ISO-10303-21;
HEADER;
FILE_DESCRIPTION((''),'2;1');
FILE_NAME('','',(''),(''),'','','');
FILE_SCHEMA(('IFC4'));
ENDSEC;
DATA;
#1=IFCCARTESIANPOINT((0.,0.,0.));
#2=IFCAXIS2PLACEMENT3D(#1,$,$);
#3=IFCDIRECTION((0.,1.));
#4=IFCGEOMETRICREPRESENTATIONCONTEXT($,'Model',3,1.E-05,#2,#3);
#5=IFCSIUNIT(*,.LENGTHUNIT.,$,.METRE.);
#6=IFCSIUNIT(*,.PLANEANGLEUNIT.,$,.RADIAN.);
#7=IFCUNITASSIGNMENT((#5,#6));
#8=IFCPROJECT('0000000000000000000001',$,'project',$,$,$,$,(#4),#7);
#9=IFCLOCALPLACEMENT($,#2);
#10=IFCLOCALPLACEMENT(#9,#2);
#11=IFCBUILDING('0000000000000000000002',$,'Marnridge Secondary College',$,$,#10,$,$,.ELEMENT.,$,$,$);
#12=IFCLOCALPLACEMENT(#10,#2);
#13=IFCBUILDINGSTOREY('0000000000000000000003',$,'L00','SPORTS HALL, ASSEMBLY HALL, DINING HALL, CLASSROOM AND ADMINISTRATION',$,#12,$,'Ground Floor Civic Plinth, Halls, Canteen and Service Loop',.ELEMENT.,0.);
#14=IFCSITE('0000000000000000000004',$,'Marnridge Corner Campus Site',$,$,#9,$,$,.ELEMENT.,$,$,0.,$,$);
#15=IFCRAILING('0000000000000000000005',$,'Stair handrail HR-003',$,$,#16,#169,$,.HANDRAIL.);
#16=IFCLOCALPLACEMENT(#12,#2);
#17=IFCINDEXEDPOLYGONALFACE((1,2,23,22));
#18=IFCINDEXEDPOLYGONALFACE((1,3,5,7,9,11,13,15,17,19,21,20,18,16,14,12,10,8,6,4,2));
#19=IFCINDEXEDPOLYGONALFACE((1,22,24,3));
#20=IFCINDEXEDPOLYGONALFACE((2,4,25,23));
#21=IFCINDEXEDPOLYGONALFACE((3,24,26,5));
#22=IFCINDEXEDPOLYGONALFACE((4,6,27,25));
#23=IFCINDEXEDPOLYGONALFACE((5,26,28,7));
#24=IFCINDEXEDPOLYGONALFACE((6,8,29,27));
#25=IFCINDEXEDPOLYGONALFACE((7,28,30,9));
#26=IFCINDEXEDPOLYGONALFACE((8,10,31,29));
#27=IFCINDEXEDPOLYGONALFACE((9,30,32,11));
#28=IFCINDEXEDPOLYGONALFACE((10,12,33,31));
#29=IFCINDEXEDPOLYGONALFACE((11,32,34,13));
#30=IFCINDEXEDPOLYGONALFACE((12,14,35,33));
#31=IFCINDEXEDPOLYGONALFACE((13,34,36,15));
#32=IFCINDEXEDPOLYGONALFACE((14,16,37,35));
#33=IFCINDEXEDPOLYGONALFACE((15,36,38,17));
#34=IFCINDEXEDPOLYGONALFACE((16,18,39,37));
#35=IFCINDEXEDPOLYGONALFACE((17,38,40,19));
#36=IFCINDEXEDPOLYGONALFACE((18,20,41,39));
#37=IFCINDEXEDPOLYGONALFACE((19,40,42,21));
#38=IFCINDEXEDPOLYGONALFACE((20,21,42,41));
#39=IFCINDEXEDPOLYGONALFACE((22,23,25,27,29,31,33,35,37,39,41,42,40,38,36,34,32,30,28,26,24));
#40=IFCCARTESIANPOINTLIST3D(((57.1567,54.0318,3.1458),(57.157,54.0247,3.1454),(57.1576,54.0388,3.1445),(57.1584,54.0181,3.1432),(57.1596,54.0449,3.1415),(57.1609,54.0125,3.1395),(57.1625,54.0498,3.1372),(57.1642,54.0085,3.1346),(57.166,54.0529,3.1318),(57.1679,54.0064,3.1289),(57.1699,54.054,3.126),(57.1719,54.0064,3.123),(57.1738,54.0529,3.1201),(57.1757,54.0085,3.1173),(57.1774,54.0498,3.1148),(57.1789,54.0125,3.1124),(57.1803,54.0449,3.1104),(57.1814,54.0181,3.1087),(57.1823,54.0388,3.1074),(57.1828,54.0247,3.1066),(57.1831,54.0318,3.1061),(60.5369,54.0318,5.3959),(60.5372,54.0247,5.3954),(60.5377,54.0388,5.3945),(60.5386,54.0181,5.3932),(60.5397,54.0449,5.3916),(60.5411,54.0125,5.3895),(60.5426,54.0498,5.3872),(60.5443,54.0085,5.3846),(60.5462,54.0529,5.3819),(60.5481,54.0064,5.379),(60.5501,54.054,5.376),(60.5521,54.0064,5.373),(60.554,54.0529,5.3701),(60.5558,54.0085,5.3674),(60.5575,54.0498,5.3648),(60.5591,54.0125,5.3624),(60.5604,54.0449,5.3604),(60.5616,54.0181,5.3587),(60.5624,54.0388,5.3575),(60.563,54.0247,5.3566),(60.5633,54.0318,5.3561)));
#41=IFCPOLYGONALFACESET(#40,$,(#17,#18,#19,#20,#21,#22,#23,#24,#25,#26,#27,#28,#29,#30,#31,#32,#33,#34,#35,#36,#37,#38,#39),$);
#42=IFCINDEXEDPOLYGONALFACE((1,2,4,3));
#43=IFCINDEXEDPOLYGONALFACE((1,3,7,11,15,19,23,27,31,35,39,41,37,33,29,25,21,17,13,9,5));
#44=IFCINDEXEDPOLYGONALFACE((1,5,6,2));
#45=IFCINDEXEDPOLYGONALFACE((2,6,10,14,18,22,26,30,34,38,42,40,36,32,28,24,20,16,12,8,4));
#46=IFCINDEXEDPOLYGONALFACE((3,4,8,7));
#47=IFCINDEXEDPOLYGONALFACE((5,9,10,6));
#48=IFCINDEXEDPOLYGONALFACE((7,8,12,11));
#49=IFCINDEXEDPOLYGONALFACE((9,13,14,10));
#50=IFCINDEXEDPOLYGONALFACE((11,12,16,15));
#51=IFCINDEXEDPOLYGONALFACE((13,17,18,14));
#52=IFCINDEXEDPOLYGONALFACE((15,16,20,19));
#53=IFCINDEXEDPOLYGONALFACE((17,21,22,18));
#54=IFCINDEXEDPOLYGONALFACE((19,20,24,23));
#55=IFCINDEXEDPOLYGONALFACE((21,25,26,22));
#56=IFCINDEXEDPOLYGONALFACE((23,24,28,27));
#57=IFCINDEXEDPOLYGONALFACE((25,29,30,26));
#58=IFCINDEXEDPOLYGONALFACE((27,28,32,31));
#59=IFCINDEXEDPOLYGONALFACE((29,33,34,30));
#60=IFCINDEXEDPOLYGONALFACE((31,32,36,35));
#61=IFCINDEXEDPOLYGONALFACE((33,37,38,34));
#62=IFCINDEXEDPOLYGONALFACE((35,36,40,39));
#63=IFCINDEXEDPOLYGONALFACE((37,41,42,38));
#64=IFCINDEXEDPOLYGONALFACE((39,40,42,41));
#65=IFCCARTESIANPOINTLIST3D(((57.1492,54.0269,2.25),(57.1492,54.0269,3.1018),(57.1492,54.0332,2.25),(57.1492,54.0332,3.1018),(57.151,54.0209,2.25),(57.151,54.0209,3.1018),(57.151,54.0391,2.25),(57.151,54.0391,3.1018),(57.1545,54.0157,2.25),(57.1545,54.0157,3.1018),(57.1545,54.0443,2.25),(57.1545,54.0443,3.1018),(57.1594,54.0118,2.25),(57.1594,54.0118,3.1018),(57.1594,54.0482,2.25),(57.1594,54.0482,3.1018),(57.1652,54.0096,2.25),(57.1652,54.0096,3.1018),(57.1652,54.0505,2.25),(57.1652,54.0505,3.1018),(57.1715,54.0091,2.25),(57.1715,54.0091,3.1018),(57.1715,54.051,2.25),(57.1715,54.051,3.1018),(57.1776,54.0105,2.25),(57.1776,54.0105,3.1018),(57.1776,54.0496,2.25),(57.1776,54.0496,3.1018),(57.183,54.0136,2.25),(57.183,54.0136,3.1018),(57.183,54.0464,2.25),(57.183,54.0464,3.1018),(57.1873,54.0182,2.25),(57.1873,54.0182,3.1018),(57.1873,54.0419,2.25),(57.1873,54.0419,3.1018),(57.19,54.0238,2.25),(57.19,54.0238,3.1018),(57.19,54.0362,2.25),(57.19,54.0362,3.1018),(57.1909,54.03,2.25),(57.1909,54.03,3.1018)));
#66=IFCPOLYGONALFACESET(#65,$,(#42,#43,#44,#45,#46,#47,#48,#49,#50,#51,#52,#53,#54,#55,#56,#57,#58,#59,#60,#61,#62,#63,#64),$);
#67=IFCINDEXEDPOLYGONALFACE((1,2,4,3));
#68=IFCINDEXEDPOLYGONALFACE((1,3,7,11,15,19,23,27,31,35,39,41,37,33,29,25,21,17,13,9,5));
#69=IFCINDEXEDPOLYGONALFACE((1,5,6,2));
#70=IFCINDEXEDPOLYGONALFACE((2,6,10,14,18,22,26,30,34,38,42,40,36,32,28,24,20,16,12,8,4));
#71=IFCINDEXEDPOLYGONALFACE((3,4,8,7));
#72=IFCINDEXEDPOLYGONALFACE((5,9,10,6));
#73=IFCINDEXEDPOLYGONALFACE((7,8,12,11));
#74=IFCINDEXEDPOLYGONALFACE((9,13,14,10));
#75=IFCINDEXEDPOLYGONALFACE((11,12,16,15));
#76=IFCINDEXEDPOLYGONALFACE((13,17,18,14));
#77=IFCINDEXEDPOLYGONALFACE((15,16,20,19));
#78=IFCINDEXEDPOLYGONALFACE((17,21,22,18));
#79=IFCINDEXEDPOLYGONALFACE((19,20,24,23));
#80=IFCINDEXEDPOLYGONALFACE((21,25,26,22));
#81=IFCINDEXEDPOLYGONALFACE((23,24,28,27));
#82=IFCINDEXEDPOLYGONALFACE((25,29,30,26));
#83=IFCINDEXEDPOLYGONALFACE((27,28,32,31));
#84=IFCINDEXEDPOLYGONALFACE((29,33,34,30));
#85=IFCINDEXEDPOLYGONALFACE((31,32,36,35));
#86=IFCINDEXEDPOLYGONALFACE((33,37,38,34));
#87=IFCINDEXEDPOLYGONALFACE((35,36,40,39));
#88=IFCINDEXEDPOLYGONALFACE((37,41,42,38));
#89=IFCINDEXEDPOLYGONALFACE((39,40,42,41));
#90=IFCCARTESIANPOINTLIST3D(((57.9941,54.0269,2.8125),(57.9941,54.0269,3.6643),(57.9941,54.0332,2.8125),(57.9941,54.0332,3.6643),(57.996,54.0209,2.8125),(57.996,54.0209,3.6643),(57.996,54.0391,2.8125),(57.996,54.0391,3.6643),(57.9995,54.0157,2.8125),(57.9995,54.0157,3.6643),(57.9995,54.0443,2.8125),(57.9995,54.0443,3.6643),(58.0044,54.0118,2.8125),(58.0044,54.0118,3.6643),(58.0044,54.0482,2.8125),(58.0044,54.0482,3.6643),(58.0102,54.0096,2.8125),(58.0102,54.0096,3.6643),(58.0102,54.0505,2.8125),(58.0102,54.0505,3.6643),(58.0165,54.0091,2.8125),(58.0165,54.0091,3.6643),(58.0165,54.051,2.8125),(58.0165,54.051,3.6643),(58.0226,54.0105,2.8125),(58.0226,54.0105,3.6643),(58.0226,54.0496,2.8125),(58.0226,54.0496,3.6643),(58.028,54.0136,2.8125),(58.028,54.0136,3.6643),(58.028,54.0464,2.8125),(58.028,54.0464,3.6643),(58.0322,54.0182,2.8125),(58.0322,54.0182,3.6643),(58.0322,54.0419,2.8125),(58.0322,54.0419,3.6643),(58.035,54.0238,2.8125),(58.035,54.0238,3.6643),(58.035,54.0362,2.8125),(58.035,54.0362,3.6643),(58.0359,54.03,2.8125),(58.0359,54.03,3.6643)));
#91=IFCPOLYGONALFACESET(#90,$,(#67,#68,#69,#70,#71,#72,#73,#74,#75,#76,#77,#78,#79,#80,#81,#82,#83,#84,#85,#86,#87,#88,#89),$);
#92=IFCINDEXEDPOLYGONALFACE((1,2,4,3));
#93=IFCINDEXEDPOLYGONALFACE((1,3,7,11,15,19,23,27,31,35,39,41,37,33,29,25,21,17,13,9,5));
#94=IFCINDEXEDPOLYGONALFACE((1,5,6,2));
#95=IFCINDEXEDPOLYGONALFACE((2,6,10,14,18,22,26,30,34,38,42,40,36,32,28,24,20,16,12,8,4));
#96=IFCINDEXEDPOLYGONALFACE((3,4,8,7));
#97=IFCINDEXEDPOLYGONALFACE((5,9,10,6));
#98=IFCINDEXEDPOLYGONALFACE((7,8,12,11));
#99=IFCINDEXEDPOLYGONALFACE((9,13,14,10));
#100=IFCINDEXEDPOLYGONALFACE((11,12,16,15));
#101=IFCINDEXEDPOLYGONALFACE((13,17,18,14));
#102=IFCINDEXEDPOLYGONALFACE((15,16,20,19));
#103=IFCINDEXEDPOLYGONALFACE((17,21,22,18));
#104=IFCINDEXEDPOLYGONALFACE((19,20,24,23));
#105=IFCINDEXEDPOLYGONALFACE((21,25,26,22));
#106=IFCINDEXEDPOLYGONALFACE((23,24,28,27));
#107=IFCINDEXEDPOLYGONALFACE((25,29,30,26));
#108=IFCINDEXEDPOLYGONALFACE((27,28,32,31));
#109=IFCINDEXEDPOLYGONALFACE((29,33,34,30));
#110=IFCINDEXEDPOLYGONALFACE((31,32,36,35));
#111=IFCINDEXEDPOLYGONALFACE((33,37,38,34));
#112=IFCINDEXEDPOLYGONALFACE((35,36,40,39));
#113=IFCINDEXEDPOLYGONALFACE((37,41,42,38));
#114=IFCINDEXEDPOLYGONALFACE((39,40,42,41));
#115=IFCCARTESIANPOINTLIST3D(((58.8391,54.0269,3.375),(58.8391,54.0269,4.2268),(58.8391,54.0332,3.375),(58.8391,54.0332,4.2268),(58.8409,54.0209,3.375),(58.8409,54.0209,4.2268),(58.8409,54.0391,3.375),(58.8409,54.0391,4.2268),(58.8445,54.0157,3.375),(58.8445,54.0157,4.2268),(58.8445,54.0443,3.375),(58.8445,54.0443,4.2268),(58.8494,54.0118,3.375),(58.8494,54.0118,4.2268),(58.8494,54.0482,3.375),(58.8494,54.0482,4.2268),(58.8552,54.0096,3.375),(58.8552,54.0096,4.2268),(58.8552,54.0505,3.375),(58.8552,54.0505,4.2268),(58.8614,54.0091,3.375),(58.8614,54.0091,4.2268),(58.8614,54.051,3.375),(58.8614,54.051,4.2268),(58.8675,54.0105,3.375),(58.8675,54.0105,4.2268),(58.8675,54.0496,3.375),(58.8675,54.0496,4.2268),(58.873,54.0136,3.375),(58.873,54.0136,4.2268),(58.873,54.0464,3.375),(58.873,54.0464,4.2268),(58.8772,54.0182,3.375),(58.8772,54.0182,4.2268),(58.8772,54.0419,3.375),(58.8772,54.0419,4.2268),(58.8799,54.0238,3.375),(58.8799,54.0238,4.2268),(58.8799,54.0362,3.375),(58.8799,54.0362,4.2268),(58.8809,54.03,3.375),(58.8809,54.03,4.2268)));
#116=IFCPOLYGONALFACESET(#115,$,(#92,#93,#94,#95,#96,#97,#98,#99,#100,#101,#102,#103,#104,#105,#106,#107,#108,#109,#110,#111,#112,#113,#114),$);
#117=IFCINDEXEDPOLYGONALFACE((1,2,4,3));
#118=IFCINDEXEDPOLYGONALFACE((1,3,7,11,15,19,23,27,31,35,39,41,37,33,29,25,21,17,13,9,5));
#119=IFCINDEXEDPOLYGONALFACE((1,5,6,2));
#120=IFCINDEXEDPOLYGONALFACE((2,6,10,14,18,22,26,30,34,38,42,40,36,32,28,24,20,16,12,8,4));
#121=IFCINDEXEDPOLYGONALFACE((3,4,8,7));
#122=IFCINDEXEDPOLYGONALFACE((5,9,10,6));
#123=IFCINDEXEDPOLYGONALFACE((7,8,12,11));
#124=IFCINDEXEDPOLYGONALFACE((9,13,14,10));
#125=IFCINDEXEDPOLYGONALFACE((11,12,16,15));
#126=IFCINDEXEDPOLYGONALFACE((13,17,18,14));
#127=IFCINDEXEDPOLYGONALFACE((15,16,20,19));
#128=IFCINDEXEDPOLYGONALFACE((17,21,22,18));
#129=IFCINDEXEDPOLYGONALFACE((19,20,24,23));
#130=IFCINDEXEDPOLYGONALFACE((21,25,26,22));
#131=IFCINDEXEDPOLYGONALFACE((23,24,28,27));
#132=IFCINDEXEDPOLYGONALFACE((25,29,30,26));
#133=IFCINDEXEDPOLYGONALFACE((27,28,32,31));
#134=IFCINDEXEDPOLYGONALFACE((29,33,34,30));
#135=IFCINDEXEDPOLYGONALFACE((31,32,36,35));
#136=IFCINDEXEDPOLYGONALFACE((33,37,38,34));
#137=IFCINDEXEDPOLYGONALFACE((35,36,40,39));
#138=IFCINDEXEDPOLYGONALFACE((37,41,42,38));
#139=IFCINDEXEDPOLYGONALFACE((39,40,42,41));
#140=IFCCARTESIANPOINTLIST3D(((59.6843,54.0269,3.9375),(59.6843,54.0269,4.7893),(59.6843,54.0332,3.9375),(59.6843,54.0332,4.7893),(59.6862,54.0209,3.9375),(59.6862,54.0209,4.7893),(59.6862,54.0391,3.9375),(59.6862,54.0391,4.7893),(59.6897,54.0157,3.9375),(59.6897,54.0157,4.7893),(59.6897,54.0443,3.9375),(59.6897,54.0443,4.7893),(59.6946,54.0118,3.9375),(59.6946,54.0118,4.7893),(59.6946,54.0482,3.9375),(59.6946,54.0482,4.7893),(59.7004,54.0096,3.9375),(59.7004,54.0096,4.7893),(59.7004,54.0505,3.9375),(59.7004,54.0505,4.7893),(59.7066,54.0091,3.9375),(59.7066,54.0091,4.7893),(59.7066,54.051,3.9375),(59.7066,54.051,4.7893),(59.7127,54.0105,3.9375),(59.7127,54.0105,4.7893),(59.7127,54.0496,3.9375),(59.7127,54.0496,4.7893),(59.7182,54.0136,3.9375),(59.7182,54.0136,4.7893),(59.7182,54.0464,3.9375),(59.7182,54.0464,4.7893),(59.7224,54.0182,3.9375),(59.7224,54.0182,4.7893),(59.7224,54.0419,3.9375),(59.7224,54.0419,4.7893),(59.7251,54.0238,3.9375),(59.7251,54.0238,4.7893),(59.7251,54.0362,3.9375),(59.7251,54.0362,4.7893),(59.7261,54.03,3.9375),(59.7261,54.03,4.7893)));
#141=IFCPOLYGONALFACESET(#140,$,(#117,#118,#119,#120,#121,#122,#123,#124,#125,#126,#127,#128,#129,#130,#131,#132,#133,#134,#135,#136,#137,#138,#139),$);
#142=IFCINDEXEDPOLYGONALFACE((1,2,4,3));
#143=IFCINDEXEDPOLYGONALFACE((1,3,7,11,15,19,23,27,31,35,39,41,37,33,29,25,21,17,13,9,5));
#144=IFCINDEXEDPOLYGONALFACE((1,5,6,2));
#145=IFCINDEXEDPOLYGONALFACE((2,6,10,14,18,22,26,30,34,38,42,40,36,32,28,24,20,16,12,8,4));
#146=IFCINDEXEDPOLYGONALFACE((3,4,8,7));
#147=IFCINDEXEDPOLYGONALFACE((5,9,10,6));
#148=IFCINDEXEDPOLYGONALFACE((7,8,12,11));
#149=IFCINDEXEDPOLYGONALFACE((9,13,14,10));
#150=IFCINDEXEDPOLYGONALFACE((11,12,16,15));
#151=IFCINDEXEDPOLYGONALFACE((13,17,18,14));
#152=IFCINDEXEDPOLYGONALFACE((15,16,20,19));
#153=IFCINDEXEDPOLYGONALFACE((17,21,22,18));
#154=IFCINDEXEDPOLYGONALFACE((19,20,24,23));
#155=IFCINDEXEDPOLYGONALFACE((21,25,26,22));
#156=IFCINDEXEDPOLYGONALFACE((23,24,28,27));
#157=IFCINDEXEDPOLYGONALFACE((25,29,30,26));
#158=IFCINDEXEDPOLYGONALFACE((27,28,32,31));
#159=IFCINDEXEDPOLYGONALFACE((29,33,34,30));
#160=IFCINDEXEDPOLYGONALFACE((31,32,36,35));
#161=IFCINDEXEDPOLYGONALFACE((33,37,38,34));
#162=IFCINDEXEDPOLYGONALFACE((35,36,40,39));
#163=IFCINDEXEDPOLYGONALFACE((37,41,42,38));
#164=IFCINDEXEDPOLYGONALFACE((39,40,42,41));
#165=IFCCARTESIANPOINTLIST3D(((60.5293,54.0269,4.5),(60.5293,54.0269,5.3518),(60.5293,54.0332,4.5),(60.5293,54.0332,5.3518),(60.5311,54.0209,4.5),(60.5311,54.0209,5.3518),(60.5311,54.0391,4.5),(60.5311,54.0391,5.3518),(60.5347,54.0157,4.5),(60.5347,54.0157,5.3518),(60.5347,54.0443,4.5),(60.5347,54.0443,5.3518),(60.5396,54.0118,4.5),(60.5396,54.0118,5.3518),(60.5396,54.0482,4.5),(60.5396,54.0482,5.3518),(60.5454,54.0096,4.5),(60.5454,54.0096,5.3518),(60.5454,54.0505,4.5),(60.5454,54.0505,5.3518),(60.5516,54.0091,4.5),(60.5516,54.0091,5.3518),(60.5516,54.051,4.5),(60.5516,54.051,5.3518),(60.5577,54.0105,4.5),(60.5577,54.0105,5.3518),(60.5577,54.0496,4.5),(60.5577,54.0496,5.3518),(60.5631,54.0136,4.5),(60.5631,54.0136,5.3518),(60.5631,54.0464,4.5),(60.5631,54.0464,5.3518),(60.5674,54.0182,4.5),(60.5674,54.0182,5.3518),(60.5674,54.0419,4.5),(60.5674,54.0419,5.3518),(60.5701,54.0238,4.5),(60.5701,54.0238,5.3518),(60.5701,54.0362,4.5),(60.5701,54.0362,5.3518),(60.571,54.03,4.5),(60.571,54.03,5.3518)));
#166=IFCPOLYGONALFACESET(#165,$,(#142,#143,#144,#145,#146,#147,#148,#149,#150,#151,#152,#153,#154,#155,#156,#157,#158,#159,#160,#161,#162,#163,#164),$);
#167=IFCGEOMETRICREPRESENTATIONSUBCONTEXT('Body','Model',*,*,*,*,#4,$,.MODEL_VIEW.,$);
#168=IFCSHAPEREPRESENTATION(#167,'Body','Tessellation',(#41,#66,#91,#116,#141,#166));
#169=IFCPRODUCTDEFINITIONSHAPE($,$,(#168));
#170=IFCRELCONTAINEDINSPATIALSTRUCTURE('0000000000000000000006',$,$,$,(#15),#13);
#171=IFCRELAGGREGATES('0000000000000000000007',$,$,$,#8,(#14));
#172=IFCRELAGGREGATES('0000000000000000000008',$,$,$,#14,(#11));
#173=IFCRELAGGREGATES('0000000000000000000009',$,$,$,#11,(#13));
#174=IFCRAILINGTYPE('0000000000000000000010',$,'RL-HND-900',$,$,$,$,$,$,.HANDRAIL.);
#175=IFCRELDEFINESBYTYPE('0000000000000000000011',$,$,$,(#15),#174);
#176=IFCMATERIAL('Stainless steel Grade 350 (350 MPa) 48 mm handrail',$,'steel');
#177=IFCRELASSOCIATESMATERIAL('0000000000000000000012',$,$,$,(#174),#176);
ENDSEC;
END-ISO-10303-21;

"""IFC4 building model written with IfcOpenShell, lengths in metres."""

from ifc_helpers import new_model, si_unit, direction, frame, origin, origin_2d, place, context, subcontext, project, spatial, circle, extrude, material, type_object, element, save


model = new_model("IFC4")

# Units and contexts
model_context = context("Model", 3, precision=1e-05, world=origin(), true_north=direction((0.0, 1.0)))
body_context = subcontext(model_context, "Body", "Model", "MODEL_VIEW")
ifc_project = project(units=[si_unit("LENGTHUNIT", "METRE"), si_unit("PLANEANGLEUNIT", "RADIAN")], contexts=[model_context])

# Site, building, storey
site_placement = place(None, origin())
site = spatial("IfcSite", under=ifc_project, at=site_placement, Name="Marnridge Corner Campus Site", CompositionType="ELEMENT", RefElevation=0.0)
building_placement = place(site_placement, origin())
building = spatial("IfcBuilding", under=site, at=building_placement, Name="Marnridge Secondary College", CompositionType="ELEMENT")
storey_placement = place(building_placement, origin())
storey = spatial("IfcBuildingStorey", under=building, at=storey_placement, Name="L00", Description="SPORTS HALL, ASSEMBLY HALL, DINING HALL, CLASSROOM AND ADMINISTRATION", LongName="Ground Floor Civic Plinth, Halls, Canteen and Service Loop", CompositionType="ELEMENT", Elevation=0.0)

# Railing
ifc_material_1 = material(Name="Stainless steel Grade 350 (350 MPa) 48 mm handrail", Category="steel")
railing_type_1 = type_object("IfcRailingType", Name="RL-HND-900", PredefinedType="HANDRAIL", material=ifc_material_1)
for number, where, name in (
    (1, (57.1699, 54.03, 2.25), "Stair handrail HR-003"),
):
    element("IfcRailing", number, at=place(storey_placement, frame(where)), inside=storey, type_object=railing_type_1, Name=name, PredefinedType="HANDRAIL", context=body_context, shape_type="SweptSolid", body=[
        extrude(circle(Radius=0.0239, at=origin_2d()), frame((0.0, 0.0, 0.876), z_axis=(0.832439, 0.0, 0.554117), x_axis=(0.0, 1.0, 0.0)), (0.0, 0.0, 1.0), 4.0605),
        extrude(circle(Radius=0.021, at=origin_2d()), origin(), (0.0, 0.0, 1.0), 0.8518),
        extrude(circle(Radius=0.021, at=origin_2d()), frame((0.845, 0.0, 0.5625)), (0.0, 0.0, 1.0), 0.8518),
        extrude(circle(Radius=0.021, at=origin_2d()), frame((1.6899, 0.0, 1.125)), (0.0, 0.0, 1.0), 0.8518),
        extrude(circle(Radius=0.021, at=origin_2d()), frame((2.5352, 0.0, 1.6875)), (0.0, 0.0, 1.0), 0.8518),
        extrude(circle(Radius=0.021, at=origin_2d()), frame((3.3801, 0.0, 2.25)), (0.0, 0.0, 1.0), 0.8518),
    ])

save(model, "model.ifc")
